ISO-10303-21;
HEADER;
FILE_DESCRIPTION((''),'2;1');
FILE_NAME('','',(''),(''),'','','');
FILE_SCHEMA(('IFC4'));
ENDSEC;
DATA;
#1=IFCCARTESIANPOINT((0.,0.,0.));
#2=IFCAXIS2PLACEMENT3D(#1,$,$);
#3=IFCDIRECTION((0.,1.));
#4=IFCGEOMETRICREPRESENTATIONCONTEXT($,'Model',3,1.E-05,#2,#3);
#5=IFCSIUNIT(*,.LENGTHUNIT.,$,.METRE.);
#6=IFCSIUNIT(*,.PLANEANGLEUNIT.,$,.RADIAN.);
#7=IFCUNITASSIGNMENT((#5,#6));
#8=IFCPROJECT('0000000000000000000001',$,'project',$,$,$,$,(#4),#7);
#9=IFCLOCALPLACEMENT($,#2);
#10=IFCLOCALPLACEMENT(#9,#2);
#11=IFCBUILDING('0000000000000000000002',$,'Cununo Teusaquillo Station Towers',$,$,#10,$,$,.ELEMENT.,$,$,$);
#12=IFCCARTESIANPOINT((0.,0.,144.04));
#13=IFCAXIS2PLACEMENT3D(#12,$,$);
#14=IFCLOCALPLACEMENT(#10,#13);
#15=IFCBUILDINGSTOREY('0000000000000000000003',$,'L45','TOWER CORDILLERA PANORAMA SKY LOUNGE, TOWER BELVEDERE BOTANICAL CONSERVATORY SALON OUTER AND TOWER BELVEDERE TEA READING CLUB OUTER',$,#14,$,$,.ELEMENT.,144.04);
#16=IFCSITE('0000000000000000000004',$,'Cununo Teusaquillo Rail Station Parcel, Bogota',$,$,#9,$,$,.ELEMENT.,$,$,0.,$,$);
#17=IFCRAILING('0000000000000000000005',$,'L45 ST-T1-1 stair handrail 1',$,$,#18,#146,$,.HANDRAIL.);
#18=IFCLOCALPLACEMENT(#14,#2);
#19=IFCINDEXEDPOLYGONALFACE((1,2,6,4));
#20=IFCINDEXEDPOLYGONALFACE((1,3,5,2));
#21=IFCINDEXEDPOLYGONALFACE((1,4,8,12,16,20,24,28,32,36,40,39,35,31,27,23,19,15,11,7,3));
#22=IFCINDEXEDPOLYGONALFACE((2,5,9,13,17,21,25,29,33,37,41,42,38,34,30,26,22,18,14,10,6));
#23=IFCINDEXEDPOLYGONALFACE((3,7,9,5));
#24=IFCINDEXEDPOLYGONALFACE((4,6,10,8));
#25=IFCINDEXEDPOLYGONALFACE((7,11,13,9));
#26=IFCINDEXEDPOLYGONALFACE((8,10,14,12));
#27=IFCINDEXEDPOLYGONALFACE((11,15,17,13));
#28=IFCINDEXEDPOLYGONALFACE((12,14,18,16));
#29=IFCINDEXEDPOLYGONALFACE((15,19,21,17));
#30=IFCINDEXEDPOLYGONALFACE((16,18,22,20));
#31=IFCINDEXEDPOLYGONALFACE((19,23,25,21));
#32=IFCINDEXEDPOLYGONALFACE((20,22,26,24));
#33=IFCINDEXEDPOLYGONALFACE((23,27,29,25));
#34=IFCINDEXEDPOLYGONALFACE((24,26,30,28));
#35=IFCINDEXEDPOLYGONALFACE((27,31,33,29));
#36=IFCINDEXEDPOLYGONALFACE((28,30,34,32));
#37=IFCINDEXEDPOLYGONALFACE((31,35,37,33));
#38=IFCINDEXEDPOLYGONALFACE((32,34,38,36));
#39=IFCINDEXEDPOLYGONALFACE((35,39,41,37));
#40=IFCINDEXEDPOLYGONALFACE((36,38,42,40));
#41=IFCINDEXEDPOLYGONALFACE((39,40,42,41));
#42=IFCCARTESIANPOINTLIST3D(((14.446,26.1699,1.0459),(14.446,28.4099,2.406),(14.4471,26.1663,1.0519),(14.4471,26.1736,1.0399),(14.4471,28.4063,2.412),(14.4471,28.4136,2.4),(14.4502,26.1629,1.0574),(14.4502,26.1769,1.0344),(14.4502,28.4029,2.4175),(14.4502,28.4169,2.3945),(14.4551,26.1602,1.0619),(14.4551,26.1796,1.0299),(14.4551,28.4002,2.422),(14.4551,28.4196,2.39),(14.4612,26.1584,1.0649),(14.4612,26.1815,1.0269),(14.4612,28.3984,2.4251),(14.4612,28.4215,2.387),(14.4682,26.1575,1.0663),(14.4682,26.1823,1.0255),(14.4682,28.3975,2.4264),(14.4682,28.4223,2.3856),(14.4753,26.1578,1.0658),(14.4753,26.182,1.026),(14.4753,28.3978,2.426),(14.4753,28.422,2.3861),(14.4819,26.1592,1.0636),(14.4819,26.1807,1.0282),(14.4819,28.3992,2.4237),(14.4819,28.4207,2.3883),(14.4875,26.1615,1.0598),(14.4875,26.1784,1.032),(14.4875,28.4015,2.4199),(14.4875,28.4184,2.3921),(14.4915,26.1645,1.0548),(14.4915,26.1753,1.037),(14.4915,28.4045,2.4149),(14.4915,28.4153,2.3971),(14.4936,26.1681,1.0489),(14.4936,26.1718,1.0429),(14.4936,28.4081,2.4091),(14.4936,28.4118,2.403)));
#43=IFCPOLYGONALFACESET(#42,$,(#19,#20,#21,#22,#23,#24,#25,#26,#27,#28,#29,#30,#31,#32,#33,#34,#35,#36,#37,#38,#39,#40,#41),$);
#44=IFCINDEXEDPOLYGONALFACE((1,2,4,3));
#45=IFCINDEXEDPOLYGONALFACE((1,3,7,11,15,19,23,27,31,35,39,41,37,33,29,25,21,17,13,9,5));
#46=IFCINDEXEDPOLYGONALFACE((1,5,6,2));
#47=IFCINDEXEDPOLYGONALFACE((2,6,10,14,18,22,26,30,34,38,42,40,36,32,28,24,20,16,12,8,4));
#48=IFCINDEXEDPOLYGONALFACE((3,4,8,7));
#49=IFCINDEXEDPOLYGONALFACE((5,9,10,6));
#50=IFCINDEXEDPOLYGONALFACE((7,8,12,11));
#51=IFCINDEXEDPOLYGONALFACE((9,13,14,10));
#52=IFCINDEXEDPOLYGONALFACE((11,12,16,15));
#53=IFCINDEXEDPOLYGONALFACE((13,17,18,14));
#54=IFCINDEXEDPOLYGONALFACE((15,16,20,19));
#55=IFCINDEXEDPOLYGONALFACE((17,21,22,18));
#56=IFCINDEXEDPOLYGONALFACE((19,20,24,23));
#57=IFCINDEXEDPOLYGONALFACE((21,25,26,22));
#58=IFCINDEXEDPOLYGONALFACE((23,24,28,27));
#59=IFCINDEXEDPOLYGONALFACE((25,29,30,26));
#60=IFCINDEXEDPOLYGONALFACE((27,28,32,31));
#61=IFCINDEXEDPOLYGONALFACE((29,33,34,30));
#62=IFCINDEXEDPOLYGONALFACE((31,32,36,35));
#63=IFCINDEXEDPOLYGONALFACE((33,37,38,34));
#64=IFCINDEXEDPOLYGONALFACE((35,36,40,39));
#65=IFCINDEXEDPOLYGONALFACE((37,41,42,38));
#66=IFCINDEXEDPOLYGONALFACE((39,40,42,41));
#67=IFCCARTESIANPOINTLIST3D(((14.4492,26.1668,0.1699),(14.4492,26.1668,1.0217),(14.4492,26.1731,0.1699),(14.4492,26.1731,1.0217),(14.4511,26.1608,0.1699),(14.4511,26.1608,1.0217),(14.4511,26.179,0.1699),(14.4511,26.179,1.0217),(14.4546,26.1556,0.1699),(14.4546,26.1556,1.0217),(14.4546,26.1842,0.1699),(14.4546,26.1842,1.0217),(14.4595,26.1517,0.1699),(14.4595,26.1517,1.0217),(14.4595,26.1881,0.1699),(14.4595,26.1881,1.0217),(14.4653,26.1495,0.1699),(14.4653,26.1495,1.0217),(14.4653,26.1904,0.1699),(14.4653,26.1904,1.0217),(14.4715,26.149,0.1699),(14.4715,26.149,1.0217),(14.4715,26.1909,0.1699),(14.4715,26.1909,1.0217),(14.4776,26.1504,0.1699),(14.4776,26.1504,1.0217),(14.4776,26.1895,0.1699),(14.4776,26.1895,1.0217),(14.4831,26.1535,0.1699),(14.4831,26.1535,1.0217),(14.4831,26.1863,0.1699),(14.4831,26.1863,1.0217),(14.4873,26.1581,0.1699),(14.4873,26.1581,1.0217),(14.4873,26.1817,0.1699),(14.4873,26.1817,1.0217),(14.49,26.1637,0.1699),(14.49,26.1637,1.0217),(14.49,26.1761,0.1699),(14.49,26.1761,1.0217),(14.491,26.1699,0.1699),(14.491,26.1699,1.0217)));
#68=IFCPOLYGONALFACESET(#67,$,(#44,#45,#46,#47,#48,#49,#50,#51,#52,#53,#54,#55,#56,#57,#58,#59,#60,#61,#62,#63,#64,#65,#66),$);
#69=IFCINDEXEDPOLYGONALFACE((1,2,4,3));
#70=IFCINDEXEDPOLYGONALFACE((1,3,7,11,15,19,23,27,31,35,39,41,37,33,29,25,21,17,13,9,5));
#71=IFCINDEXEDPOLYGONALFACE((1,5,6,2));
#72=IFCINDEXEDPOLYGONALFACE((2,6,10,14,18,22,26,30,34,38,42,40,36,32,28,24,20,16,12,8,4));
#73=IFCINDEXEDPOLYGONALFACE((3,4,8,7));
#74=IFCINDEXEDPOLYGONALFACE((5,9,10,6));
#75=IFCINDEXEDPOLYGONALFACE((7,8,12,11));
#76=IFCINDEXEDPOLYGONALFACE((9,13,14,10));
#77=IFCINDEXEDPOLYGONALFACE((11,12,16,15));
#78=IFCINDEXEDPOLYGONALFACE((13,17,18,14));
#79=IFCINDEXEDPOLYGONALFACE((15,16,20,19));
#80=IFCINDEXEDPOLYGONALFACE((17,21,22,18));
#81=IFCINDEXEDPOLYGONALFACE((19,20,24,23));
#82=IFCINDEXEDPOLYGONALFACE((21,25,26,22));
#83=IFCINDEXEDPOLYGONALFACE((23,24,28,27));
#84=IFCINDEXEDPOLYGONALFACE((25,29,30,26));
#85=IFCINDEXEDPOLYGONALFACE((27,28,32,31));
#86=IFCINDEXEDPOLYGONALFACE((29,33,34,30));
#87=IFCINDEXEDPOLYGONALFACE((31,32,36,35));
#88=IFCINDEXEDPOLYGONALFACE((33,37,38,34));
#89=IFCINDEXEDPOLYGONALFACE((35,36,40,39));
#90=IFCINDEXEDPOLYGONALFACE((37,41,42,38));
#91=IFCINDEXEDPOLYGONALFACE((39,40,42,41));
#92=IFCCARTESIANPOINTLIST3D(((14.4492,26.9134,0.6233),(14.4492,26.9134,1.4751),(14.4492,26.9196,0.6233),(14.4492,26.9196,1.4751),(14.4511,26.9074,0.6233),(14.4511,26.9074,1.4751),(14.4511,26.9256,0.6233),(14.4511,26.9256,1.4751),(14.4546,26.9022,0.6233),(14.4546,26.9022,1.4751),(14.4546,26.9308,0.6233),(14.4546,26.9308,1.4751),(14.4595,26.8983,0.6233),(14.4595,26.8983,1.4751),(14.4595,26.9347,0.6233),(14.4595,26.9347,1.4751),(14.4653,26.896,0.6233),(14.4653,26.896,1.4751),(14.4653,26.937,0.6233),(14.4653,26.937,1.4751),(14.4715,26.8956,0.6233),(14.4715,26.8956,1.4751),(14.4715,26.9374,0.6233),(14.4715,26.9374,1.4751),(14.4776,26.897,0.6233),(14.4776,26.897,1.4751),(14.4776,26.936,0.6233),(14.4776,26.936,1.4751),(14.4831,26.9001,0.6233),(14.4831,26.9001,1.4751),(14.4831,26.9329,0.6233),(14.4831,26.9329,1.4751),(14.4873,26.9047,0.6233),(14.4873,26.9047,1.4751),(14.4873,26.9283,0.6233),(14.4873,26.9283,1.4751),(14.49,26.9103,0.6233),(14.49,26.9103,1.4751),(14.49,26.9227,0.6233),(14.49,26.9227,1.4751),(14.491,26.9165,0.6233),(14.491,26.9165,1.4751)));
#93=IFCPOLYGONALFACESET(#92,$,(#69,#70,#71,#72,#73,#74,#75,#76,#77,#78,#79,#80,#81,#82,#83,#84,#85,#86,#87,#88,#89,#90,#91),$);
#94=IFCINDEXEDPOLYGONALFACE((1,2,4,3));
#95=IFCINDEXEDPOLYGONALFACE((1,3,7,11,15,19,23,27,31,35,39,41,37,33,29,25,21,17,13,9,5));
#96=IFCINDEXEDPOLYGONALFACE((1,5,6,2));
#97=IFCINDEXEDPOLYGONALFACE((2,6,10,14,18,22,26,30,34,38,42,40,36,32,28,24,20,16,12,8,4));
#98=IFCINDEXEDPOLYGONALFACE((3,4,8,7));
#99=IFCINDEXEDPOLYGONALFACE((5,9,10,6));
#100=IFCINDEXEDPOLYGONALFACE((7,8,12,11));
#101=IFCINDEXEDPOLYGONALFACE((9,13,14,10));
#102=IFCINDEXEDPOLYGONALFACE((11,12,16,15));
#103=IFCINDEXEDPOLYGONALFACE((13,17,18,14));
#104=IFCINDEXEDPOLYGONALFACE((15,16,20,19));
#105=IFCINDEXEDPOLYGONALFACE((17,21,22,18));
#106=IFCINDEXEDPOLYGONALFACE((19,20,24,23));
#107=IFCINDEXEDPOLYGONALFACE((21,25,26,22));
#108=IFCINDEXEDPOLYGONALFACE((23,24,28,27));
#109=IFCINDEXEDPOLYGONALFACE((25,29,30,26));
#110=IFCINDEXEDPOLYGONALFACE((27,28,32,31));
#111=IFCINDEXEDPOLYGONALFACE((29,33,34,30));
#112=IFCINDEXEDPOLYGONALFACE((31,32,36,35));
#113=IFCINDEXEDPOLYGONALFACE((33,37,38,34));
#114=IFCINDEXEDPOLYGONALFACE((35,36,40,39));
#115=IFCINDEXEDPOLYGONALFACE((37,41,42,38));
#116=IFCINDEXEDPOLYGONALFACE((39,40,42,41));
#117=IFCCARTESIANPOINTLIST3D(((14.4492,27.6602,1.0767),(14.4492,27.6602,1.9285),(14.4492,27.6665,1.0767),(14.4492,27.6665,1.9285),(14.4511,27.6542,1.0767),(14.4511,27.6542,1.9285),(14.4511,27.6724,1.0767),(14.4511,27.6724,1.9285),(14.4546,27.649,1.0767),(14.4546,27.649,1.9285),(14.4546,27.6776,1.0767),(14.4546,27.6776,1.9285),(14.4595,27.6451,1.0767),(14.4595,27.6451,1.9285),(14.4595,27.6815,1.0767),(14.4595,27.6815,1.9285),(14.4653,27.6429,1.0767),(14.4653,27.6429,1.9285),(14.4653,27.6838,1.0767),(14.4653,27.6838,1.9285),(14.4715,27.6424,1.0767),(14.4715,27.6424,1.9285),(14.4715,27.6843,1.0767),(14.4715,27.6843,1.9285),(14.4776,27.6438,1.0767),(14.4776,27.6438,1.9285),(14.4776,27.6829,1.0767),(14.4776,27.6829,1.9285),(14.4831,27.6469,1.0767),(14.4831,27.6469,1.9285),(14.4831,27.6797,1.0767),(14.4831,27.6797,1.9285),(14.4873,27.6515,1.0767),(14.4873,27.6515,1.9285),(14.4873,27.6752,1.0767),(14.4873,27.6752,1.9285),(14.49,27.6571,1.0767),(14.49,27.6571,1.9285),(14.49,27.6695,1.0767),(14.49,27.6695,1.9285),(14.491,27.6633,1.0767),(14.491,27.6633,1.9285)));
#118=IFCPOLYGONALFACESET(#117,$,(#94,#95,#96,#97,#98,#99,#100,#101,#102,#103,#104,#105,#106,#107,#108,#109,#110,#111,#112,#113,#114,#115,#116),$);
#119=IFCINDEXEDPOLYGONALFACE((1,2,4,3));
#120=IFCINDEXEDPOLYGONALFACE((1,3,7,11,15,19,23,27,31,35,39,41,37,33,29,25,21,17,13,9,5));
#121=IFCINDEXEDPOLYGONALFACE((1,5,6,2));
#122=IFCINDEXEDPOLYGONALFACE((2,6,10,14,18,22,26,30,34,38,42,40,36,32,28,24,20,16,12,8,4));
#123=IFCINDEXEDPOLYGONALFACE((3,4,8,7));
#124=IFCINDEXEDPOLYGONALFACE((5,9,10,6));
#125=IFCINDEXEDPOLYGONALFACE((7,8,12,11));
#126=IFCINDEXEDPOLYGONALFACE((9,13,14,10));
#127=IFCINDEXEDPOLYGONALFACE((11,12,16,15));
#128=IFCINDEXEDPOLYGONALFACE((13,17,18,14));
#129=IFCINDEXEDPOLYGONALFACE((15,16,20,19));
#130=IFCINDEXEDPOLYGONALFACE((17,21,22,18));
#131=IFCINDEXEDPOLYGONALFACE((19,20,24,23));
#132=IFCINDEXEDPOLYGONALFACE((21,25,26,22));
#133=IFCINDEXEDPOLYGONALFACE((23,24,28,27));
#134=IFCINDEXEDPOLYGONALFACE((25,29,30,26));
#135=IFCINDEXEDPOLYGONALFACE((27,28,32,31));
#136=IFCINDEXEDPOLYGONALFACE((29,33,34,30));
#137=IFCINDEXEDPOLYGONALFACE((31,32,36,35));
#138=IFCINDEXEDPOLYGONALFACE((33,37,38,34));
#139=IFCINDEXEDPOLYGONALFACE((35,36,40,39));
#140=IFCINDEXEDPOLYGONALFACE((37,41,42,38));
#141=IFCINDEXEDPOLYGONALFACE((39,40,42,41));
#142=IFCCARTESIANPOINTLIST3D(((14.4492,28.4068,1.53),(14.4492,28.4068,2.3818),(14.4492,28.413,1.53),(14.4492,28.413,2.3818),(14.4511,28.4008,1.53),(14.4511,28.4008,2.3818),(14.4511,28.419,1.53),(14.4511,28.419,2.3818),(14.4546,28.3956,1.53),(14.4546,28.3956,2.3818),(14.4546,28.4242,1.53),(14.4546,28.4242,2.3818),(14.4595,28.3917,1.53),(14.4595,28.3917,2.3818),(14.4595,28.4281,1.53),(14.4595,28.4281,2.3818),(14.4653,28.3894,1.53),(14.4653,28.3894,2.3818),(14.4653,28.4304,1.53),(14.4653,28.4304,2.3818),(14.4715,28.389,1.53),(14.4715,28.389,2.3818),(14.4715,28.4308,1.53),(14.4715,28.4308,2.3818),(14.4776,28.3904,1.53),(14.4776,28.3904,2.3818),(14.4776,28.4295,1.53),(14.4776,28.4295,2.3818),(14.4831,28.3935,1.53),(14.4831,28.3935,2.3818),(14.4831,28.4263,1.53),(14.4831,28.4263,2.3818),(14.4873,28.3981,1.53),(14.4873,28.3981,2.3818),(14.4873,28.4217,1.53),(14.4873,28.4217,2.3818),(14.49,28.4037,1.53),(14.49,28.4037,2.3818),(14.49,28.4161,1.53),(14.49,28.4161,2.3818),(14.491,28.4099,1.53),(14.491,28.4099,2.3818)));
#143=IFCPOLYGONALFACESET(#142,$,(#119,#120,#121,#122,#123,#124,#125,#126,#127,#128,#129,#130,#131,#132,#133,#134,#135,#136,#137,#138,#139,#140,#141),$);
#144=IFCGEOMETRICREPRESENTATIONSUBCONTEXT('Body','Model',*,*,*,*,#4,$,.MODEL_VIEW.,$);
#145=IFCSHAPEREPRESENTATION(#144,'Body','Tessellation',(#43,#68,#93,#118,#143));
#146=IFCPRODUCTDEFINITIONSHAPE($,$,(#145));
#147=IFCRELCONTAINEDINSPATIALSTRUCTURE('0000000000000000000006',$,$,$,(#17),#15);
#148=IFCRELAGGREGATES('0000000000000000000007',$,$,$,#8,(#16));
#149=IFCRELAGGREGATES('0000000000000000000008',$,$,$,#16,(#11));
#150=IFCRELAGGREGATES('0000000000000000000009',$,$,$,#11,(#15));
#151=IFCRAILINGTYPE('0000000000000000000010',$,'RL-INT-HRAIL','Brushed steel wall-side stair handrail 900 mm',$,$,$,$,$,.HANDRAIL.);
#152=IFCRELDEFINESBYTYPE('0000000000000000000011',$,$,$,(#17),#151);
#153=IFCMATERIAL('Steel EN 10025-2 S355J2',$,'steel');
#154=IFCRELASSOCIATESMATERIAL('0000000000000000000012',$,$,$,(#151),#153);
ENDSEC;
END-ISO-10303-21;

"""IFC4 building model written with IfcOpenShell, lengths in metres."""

from ifc_helpers import new_model, si_unit, direction, frame, origin, origin_2d, place, context, subcontext, project, spatial, circle, extrude, material, type_object, element, save


model = new_model("IFC4")

# Units and contexts
model_context = context("Model", 3, precision=1e-05, world=origin(), true_north=direction((0.0, 1.0)))
body_context = subcontext(model_context, "Body", "Model", "MODEL_VIEW")
ifc_project = project(units=[si_unit("LENGTHUNIT", "METRE"), si_unit("PLANEANGLEUNIT", "RADIAN")], contexts=[model_context])

# Site, building, storey
site_placement = place(None, origin())
site = spatial("IfcSite", under=ifc_project, at=site_placement, Name="Cununo Teusaquillo Rail Station Parcel, Bogota", CompositionType="ELEMENT", RefElevation=0.0)
building_placement = place(site_placement, origin())
building = spatial("IfcBuilding", under=site, at=building_placement, Name="Cununo Teusaquillo Station Towers", CompositionType="ELEMENT")
storey_placement = place(building_placement, frame((0.0, 0.0, 144.04)))
storey = spatial("IfcBuildingStorey", under=building, at=storey_placement, Name="L45", Description="TOWER CORDILLERA PANORAMA SKY LOUNGE, TOWER BELVEDERE BOTANICAL CONSERVATORY SALON OUTER AND TOWER BELVEDERE TEA READING CLUB OUTER", CompositionType="ELEMENT", Elevation=144.04)

# Railing
ifc_material_1 = material(Name="Steel EN 10025-2 S355J2", Category="steel")
railing_type_1 = type_object("IfcRailingType", Name="RL-INT-HRAIL", Description="Brushed steel wall-side stair handrail 900 mm", PredefinedType="HANDRAIL", material=ifc_material_1)
railing_1_placement = place(storey_placement, frame((14.47, 26.1699, 0.1699)))
element("IfcRailing", 1, at=railing_1_placement, inside=storey, type_object=railing_type_1, Name="L45 ST-T1-1 stair handrail 1", PredefinedType="HANDRAIL", context=body_context, shape_type="SweptSolid", body=[
    extrude(circle(Radius=0.0239, at=origin_2d()), frame((0.0, 0.0, 0.876), z_axis=(0.0, 0.854768, 0.51901), x_axis=(-1.0, 0.0, 0.0)), (0.0, 0.0, 1.0), 2.6206),
    extrude(circle(Radius=0.021, at=origin_2d()), origin(), (0.0, 0.0, 1.0), 0.8518),
    extrude(circle(Radius=0.021, at=origin_2d()), frame((0.0, 0.7466, 0.4534)), (0.0, 0.0, 1.0), 0.8518),
    extrude(circle(Radius=0.021, at=origin_2d()), frame((0.0, 1.4934, 0.9067)), (0.0, 0.0, 1.0), 0.8518),
    extrude(circle(Radius=0.021, at=origin_2d()), frame((0.0, 2.24, 1.3601)), (0.0, 0.0, 1.0), 0.8518),
])

save(model, "model.ifc")
